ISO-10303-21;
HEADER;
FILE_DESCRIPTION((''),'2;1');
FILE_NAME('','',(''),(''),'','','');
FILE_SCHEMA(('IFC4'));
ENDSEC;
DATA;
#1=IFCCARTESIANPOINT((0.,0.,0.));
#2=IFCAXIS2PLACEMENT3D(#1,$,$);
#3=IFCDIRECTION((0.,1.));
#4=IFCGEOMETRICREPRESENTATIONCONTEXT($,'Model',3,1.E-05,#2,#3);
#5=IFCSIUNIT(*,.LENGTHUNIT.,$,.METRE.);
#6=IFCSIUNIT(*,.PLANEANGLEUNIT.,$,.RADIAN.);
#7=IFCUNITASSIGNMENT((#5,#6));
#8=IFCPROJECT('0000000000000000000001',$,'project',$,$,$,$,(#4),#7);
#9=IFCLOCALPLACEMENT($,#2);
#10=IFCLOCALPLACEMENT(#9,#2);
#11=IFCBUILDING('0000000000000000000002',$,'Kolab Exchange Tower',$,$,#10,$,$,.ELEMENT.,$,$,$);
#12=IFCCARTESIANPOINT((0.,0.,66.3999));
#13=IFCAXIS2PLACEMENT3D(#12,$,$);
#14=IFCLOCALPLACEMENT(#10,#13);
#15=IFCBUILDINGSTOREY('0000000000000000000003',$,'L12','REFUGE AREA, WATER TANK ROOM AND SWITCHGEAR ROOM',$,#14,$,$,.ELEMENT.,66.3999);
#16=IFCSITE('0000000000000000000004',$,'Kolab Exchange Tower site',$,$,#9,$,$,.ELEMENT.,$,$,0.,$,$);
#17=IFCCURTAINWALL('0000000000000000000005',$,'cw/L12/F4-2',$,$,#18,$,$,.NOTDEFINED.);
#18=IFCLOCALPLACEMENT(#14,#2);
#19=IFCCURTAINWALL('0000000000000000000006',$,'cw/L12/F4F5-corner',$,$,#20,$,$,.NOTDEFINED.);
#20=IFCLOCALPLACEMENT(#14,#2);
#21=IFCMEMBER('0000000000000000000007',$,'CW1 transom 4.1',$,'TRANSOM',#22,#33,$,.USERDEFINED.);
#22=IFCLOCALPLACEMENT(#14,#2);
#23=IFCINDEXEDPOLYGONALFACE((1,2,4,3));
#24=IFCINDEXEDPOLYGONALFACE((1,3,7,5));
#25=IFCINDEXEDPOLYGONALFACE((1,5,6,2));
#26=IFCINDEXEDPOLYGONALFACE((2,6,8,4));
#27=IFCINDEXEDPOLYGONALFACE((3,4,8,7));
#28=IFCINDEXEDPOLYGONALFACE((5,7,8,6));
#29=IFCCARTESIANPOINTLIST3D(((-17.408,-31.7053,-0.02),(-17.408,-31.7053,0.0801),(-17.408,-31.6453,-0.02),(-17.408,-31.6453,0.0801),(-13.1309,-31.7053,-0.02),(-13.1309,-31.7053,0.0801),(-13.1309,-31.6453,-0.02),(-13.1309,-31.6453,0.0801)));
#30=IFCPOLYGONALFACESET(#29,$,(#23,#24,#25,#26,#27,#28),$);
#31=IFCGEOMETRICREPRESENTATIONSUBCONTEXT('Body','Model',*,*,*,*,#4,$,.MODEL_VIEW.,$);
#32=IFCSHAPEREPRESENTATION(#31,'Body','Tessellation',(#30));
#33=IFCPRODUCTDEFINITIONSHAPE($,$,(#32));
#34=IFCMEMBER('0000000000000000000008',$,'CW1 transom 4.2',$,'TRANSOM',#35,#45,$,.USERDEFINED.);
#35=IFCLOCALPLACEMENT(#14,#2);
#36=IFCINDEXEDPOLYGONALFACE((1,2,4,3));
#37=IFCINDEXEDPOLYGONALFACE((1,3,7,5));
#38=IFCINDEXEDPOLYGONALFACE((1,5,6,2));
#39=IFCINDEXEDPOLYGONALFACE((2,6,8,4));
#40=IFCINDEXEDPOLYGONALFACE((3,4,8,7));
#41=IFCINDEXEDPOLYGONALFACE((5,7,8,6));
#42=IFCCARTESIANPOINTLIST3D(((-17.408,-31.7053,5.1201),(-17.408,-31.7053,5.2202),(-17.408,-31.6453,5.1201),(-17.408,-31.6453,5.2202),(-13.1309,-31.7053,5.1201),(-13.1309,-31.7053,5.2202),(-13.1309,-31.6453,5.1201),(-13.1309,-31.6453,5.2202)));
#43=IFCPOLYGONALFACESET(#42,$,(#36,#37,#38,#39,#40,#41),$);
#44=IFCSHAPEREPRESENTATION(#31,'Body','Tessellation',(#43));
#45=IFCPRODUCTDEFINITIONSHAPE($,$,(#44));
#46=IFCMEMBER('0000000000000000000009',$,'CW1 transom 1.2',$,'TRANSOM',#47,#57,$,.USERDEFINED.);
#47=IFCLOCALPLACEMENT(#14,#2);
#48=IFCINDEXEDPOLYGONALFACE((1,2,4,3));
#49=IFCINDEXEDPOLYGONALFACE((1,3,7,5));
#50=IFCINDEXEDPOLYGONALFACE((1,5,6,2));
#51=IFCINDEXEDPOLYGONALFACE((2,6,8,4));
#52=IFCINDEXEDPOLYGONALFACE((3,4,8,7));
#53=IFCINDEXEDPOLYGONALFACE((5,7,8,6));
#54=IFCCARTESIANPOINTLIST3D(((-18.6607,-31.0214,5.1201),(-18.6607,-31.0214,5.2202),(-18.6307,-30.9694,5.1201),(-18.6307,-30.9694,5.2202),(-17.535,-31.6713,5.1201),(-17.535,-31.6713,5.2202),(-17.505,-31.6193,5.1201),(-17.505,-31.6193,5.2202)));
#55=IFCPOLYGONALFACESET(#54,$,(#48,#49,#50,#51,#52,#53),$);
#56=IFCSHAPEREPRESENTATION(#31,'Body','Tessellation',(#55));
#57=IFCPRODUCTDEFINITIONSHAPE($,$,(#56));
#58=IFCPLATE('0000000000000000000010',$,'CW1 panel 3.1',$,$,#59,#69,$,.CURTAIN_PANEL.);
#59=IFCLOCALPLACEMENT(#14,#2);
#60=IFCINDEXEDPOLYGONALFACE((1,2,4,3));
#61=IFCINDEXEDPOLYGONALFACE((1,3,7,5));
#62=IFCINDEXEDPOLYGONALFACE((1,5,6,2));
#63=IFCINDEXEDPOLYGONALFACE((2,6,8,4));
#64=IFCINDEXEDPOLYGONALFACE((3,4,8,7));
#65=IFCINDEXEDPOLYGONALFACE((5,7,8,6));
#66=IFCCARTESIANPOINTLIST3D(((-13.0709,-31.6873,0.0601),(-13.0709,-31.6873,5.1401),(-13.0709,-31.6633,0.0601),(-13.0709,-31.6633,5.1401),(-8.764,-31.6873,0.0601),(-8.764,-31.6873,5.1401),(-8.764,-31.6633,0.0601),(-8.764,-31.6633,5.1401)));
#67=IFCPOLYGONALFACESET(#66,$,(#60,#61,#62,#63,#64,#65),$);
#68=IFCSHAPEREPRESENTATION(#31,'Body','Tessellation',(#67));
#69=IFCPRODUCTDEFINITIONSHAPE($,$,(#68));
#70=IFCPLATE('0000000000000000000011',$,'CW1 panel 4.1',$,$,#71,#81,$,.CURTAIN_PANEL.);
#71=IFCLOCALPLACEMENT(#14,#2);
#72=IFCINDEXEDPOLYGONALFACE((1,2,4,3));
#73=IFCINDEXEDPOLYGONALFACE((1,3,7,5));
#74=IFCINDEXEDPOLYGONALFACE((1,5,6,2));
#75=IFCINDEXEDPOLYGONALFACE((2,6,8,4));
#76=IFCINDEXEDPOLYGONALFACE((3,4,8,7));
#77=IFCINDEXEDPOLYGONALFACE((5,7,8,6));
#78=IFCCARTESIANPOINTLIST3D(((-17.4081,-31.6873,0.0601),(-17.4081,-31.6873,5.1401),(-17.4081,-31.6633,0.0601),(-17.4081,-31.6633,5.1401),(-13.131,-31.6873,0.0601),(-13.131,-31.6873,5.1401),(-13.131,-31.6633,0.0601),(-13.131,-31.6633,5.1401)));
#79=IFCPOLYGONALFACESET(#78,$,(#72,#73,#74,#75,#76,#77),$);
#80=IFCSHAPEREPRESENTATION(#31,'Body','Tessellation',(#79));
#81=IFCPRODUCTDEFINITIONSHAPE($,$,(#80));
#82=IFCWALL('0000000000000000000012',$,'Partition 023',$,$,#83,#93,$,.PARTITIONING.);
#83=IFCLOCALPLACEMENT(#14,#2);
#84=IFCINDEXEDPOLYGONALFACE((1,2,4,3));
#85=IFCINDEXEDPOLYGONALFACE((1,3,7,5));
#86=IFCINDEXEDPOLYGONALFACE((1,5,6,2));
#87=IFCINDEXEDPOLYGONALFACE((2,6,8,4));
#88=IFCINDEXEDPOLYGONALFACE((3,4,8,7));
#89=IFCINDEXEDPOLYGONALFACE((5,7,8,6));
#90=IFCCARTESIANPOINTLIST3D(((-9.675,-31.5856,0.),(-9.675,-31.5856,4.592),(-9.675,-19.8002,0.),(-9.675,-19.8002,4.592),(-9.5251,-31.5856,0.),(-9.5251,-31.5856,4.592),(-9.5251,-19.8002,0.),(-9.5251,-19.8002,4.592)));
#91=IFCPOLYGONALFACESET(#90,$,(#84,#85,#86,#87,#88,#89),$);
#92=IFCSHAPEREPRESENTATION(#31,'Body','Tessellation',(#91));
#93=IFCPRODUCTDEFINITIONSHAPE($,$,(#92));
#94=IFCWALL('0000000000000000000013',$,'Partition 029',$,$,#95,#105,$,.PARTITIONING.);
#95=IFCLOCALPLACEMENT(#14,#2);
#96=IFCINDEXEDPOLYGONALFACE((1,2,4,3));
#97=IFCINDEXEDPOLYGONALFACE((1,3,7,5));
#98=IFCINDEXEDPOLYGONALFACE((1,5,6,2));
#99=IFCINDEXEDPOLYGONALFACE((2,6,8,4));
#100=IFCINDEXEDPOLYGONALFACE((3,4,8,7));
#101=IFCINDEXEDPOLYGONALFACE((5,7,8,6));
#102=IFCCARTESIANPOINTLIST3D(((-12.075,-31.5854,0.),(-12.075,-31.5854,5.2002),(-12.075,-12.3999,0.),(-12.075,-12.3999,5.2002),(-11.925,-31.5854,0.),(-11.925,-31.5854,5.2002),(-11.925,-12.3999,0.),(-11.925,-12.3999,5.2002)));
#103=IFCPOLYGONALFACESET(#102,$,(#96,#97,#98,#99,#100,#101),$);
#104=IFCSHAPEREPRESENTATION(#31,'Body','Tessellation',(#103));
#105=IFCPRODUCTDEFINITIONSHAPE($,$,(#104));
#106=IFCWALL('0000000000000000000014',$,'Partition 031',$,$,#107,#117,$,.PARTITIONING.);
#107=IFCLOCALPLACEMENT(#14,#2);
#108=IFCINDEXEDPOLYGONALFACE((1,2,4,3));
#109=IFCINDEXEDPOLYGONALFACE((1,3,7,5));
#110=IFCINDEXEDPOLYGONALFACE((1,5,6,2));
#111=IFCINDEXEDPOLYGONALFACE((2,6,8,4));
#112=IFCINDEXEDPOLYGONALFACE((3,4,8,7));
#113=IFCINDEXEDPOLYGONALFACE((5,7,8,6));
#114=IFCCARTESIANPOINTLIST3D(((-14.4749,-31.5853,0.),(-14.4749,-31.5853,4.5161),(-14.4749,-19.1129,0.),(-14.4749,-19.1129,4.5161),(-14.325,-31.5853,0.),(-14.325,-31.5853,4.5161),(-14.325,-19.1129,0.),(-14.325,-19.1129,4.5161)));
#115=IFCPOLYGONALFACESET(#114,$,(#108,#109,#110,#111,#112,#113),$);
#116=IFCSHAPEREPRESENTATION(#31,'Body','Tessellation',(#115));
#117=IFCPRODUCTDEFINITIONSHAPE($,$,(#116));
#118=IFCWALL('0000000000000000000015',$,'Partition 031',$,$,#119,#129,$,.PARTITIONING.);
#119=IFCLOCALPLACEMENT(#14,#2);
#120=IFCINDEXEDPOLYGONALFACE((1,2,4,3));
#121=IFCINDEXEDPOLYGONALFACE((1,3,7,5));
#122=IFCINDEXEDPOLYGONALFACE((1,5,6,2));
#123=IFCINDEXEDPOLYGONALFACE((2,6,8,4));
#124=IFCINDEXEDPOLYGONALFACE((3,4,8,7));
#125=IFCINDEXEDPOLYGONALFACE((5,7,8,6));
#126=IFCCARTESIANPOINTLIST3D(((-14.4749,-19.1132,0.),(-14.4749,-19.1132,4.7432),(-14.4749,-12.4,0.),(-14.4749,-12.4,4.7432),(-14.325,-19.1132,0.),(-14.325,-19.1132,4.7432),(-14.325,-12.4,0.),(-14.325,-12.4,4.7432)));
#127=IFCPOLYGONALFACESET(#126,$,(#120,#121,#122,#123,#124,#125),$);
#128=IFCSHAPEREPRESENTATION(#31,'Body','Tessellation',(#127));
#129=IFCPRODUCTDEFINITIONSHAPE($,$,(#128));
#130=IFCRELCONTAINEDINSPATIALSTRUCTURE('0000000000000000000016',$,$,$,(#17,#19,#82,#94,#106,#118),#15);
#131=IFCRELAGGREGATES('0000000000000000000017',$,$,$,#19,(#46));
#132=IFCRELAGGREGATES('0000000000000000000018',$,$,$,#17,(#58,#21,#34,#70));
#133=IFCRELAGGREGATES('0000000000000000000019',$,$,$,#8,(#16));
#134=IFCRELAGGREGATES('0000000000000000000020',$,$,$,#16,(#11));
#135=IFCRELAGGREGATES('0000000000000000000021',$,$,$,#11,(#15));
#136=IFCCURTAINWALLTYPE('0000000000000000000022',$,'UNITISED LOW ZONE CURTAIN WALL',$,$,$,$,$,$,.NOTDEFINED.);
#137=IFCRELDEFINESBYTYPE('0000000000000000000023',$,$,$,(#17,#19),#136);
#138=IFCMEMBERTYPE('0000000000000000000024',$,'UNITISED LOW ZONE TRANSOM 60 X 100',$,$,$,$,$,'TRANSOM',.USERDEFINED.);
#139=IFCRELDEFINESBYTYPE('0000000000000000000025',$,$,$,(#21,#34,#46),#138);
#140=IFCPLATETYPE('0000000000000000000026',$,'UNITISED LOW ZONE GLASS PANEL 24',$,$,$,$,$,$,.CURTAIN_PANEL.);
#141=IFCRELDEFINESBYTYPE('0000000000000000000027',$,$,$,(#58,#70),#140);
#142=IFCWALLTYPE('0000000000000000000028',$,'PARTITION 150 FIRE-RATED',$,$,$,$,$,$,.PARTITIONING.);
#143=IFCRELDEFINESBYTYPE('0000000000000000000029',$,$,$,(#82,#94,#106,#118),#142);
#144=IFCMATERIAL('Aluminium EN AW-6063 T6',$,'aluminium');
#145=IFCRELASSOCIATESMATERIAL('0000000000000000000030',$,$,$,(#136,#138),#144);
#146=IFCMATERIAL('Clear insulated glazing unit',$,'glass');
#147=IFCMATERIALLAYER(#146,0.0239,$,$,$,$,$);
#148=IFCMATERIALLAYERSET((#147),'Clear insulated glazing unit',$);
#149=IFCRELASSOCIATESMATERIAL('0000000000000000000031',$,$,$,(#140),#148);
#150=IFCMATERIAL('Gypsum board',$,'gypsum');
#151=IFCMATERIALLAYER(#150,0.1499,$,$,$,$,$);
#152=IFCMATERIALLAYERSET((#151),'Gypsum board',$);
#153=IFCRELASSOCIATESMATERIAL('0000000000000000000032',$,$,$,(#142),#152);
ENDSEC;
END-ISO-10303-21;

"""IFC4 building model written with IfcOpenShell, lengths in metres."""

from ifc_helpers import new_model, si_unit, direction, frame, frame_2d, origin, origin_2d, place, context, subcontext, project, spatial, rectangle, extrude, material, layer, layer_set, material_profile, profile_set, type_object, element, aggregate, save


model = new_model("IFC4")

# Units and contexts
model_context = context("Model", 3, precision=1e-05, world=origin(), true_north=direction((0.0, 1.0)))
body_context = subcontext(model_context, "Body", "Model", "MODEL_VIEW")
ifc_project = project(units=[si_unit("LENGTHUNIT", "METRE"), si_unit("PLANEANGLEUNIT", "RADIAN")], contexts=[model_context])

# Site, building, storey
site_placement = place(None, origin())
site = spatial("IfcSite", under=ifc_project, at=site_placement, Name="Kolab Exchange Tower site", CompositionType="ELEMENT", RefElevation=0.0)
building_placement = place(site_placement, origin())
building = spatial("IfcBuilding", under=site, at=building_placement, Name="Kolab Exchange Tower", CompositionType="ELEMENT")
storey_placement = place(building_placement, frame((0.0, 0.0, 66.3999)))
storey = spatial("IfcBuildingStorey", under=building, at=storey_placement, Name="L12", Description="REFUGE AREA, WATER TANK ROOM AND SWITCHGEAR ROOM", CompositionType="ELEMENT", Elevation=66.3999)

# Curtain wall
ifc_material_1 = material(Name="Aluminium EN AW-6063 T6", Category="aluminium")
curtain_wall_type = type_object("IfcCurtainWallType", Name="UNITISED LOW ZONE CURTAIN WALL", PredefinedType="NOTDEFINED", material=ifc_material_1)
curtain_wall_1_placement = place(storey_placement, origin())
curtain_wall_1 = element("IfcCurtainWall", 1, at=curtain_wall_1_placement, inside=storey, type_object=curtain_wall_type, Name="cw/L12/F4-2", PredefinedType="NOTDEFINED")

# Curtain wall
curtain_wall_2_placement = place(storey_placement, origin())
curtain_wall_2 = element("IfcCurtainWall", 2, at=curtain_wall_2_placement, inside=storey, type_object=curtain_wall_type, Name="cw/L12/F4F5-corner", PredefinedType="NOTDEFINED")

# Members
ifc_material_profile_1 = material_profile(ifc_material_1, rectangle(XDim=0.0601, YDim=0.1001, at=origin_2d()), Name="RECT 60X100")
ifc_profile_set_1 = profile_set([ifc_material_profile_1], Name="Aluminium EN AW-6063 T6")
member_type_1 = type_object("IfcMemberType", Name="UNITISED LOW ZONE TRANSOM 60 X 100", ElementType="TRANSOM", PredefinedType="USERDEFINED", material=ifc_profile_set_1)
member_1_placement = place(storey_placement, frame((-13.1309, -31.6753, 0.03), z_axis=(-1.0, 0.0, 0.0), x_axis=(0.0, -1.0, 0.0)))
member_1 = element("IfcMember", 3, at=member_1_placement, type_object=member_type_1, Name="CW1 transom 4.1", ObjectType="TRANSOM", PredefinedType="USERDEFINED", context=body_context, shape_type="SweptSolid", body=[
    extrude(rectangle(XDim=0.0601, YDim=0.1001, at=origin_2d()), origin(), (0.0, 0.0, 1.0), 4.2771),
])
member_2_placement = place(storey_placement, frame((-13.1309, -31.6753, 5.1702), z_axis=(-1.0, 0.0, 0.0), x_axis=(0.0, -1.0, 0.0)))
member_2 = element("IfcMember", 4, at=member_2_placement, type_object=member_type_1, Name="CW1 transom 4.2", ObjectType="TRANSOM", PredefinedType="USERDEFINED", context=body_context, shape_type="SweptSolid", body=[
    extrude(rectangle(XDim=0.0601, YDim=0.1001, at=origin_2d()), origin(), (0.0, 0.0, 1.0), 4.2771),
])
member_3_placement = place(storey_placement, frame((-17.52, -31.6453, 5.1702), z_axis=(-0.866039, 0.499977, 0.0), x_axis=(-0.499977, -0.866039, 0.0)))
member_3 = element("IfcMember", 5, at=member_3_placement, type_object=member_type_1, Name="CW1 transom 1.2", ObjectType="TRANSOM", PredefinedType="USERDEFINED", context=body_context, shape_type="SweptSolid", body=[
    extrude(rectangle(XDim=0.0601, YDim=0.1001, at=origin_2d()), origin(), (0.0, 0.0, 1.0), 1.2998),
])
aggregate(curtain_wall_2, [member_3])

# Plates
ifc_material_2 = material(Name="Clear insulated glazing unit", Category="glass")
ifc_layer_1 = layer(ifc_material_2, 0.0239)
ifc_layer_set_1 = layer_set([ifc_layer_1], Name="Clear insulated glazing unit")
plate_type = type_object("IfcPlateType", Name="UNITISED LOW ZONE GLASS PANEL 24", PredefinedType="CURTAIN_PANEL", material=ifc_layer_set_1)
plate_1_placement = place(storey_placement, frame((-10.9175, -31.6753, 0.0601), z_axis=(0.0, 0.0, 1.0), x_axis=(-1.0, 0.0, 0.0)))
plate_1 = element("IfcPlate", 6, at=plate_1_placement, type_object=plate_type, Name="CW1 panel 3.1", PredefinedType="CURTAIN_PANEL", context=body_context, shape_type="SweptSolid", body=[
    extrude(rectangle(XDim=4.3069, YDim=0.0239, at=origin_2d()), origin(), (0.0, 0.0, 1.0), 5.0801),
])
plate_2_placement = place(storey_placement, frame((-15.2695, -31.6753, 0.0601), z_axis=(0.0, 0.0, 1.0), x_axis=(-1.0, 0.0, 0.0)))
plate_2 = element("IfcPlate", 7, at=plate_2_placement, type_object=plate_type, Name="CW1 panel 4.1", PredefinedType="CURTAIN_PANEL", context=body_context, shape_type="SweptSolid", body=[
    extrude(rectangle(XDim=4.2771, YDim=0.0239, at=origin_2d()), origin(), (0.0, 0.0, 1.0), 5.0801),
])
aggregate(curtain_wall_1, [plate_1, member_1, member_2, plate_2])

# Walls
ifc_material_3 = material(Name="Gypsum board", Category="gypsum")
ifc_layer_2 = layer(ifc_material_3, 0.1499)
ifc_layer_set_2 = layer_set([ifc_layer_2], Name="Gypsum board")
wall_type = type_object("IfcWallType", Name="PARTITION 150 FIRE-RATED", PredefinedType="PARTITIONING", material=ifc_layer_set_2)
wall_1_placement = place(storey_placement, frame((-9.6001, -31.5854, 0.0), z_axis=(0.0, 0.0, 1.0), x_axis=(0.0, 1.0, 0.0)))
element("IfcWall", 8, at=wall_1_placement, inside=storey, type_object=wall_type, Name="Partition 023", PredefinedType="PARTITIONING", context=body_context, shape_type="SweptSolid", body=[
    extrude(rectangle(XDim=11.7854, YDim=0.1499, at=frame_2d((5.8926, 0.0))), origin(), (0.0, 0.0, 1.0), 4.592),
])
wall_2_placement = place(storey_placement, frame((-12.0, -31.5854, 0.0), z_axis=(0.0, 0.0, 1.0), x_axis=(0.0, 1.0, 0.0)))
element("IfcWall", 9, at=wall_2_placement, inside=storey, type_object=wall_type, Name="Partition 029", PredefinedType="PARTITIONING", context=body_context, shape_type="SweptSolid", body=[
    extrude(rectangle(XDim=19.1855, YDim=0.1499, at=frame_2d((9.5928, 0.0))), origin(), (0.0, 0.0, 1.0), 5.2002),
])
wall_3_placement = place(storey_placement, frame((-14.3999, -31.5854, 0.0), z_axis=(0.0, 0.0, 1.0), x_axis=(0.0, 1.0, 0.0)))
element("IfcWall", 10, at=wall_3_placement, inside=storey, type_object=wall_type, Name="Partition 031", PredefinedType="PARTITIONING", context=body_context, shape_type="SweptSolid", body=[
    extrude(rectangle(XDim=12.4724, YDim=0.1499, at=frame_2d((6.2363, 0.0))), origin(), (0.0, 0.0, 1.0), 4.5161),
])
wall_4_placement = place(storey_placement, frame((-14.3999, -19.113, 0.0), z_axis=(0.0, 0.0, 1.0), x_axis=(0.0, 1.0, 0.0)))
element("IfcWall", 11, at=wall_4_placement, inside=storey, type_object=wall_type, Name="Partition 031", PredefinedType="PARTITIONING", context=body_context, shape_type="SweptSolid", body=[
    extrude(rectangle(XDim=6.7131, YDim=0.1499, at=frame_2d((3.3564, 0.0))), origin(), (0.0, 0.0, 1.0), 4.7432),
])

save(model, "model.ifc")
